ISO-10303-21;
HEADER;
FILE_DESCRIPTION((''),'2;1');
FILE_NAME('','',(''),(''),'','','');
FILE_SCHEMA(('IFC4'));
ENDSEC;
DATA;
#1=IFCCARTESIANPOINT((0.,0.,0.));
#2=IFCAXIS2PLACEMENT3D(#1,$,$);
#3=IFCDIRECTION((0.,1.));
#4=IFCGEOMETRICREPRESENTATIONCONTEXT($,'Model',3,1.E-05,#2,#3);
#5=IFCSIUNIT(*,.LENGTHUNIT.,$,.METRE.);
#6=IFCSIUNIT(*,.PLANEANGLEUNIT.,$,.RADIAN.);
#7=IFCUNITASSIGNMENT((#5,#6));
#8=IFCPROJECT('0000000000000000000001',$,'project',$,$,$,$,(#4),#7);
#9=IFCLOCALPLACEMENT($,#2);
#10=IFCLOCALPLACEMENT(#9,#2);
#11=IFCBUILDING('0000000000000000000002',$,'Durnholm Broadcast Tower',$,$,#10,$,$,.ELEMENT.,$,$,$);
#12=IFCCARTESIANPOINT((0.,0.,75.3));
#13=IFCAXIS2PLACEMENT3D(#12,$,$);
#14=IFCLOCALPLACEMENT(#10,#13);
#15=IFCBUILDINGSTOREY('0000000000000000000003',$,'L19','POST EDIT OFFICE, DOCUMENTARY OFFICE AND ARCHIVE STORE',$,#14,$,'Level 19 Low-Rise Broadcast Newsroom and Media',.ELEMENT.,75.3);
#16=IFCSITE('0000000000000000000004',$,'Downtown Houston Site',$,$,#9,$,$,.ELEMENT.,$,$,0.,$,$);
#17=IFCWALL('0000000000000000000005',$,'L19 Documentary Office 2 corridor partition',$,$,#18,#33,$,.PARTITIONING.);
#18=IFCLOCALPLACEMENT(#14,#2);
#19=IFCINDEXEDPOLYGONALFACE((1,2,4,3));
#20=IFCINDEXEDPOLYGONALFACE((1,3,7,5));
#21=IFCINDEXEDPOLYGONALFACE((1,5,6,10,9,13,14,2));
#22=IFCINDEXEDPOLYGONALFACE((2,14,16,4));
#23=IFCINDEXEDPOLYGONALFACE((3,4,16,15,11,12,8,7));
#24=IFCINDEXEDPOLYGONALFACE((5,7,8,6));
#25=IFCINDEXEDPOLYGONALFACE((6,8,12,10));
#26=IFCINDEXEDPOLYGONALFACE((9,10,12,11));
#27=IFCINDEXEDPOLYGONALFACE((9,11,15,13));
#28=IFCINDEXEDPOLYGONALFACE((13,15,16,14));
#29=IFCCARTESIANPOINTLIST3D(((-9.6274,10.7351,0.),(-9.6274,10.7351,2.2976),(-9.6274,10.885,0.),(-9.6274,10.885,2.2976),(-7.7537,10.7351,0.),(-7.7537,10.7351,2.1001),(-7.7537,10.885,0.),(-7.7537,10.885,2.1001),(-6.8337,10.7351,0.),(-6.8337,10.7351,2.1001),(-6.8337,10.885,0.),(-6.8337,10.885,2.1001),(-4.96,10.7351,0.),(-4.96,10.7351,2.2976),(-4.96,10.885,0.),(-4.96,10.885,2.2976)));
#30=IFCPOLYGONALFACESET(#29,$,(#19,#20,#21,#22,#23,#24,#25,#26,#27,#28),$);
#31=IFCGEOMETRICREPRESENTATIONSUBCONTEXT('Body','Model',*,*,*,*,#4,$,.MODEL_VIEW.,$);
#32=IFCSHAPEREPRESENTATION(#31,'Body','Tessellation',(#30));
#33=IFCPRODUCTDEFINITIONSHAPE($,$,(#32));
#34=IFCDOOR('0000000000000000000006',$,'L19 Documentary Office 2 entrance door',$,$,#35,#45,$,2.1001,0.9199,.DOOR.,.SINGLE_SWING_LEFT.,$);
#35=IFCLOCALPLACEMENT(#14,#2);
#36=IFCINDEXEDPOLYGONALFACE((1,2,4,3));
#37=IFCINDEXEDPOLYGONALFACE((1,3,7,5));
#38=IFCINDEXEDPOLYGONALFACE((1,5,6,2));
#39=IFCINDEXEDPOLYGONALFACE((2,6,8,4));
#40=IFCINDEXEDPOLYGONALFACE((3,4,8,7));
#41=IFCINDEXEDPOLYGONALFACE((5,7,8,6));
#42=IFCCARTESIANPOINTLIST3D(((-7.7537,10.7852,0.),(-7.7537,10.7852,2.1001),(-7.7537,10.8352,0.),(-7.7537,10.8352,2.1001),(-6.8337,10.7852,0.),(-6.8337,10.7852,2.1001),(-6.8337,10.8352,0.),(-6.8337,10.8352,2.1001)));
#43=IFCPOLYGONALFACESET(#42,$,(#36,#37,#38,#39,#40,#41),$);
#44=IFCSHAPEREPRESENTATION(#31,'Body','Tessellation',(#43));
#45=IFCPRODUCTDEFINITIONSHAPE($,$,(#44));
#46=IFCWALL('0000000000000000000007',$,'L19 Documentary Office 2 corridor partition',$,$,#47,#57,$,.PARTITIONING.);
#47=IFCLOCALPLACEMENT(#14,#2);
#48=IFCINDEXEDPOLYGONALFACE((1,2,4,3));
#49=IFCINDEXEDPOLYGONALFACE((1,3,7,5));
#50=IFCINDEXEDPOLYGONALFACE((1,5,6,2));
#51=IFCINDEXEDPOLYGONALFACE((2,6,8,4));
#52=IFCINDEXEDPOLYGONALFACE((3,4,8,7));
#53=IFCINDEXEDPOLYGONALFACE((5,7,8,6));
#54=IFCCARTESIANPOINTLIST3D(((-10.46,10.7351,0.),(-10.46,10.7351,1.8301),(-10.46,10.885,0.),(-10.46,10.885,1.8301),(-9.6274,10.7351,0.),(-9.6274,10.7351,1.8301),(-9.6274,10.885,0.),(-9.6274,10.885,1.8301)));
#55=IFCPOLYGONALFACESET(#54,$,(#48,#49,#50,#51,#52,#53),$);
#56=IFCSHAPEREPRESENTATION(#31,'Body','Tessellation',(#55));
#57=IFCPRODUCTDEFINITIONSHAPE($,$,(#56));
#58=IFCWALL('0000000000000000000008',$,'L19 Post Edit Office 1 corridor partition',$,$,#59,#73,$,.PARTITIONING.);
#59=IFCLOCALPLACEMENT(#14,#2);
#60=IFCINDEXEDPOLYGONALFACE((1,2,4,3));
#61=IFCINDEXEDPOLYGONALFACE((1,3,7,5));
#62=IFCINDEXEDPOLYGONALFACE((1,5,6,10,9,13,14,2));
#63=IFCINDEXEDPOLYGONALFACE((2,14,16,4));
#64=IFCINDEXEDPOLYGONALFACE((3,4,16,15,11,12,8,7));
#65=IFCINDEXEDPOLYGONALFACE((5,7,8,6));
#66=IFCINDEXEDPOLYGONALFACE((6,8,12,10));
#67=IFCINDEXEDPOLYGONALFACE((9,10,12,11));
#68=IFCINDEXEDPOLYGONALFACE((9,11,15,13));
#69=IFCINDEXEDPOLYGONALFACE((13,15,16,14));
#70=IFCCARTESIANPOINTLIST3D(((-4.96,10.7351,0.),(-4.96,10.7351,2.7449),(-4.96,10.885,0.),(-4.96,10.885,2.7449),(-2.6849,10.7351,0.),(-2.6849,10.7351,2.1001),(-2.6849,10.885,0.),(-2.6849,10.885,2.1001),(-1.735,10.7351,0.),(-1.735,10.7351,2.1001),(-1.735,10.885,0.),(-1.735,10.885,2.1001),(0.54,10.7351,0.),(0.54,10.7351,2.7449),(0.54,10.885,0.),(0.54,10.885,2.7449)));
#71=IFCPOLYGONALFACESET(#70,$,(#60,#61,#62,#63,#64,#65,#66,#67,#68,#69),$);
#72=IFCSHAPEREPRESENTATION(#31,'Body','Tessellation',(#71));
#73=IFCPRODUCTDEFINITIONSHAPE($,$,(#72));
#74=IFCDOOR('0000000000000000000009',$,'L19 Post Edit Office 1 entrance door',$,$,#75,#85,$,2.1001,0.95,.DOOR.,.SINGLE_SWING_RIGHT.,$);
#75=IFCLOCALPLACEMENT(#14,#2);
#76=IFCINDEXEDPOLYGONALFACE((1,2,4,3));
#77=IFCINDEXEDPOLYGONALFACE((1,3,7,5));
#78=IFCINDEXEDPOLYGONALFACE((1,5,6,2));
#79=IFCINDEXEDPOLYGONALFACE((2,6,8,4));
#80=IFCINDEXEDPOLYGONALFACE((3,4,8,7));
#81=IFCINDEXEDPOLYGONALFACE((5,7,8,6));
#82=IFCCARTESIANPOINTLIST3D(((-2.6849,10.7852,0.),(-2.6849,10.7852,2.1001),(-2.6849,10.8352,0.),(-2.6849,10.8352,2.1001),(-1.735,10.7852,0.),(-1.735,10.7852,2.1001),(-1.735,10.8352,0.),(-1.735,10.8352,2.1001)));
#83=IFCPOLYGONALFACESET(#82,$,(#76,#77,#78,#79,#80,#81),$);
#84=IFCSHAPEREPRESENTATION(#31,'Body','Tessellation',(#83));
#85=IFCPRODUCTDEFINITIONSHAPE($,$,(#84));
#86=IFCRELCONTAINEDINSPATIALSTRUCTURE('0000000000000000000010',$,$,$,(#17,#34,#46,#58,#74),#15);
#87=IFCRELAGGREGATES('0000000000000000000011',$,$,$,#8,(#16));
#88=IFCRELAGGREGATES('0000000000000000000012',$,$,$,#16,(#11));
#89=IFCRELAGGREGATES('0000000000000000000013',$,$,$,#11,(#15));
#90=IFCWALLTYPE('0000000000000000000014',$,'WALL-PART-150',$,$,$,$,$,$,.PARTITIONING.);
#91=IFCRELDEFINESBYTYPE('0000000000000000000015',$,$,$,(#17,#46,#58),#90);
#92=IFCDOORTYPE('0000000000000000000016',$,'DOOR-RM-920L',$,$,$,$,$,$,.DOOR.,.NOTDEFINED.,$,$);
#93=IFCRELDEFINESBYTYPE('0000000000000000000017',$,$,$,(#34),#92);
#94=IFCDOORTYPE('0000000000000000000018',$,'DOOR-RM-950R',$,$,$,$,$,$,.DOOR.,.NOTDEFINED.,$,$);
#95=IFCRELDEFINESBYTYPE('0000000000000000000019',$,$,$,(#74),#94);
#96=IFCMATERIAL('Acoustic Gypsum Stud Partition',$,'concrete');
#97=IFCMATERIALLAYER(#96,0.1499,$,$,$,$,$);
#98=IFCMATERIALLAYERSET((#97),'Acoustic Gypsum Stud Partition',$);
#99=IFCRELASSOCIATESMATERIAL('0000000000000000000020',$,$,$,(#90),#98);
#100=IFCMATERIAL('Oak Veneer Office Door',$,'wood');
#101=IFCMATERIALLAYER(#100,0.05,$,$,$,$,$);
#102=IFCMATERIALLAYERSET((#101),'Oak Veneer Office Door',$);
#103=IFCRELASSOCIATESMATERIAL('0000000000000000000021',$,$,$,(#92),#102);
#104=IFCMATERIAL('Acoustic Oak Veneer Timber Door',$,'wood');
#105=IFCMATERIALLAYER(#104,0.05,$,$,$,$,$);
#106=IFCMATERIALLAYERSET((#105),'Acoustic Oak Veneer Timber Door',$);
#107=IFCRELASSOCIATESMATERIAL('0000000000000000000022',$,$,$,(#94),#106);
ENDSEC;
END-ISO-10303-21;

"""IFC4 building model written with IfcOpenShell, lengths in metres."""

from ifc_helpers import new_model, si_unit, direction, frame, frame_2d, origin, place, context, subcontext, project, spatial, rectangle, extrude, source, transform, mapped, material, layer, layer_set, type_object, type_shapes, element, fill, save


model = new_model("IFC4")

# Units and contexts
model_context = context("Model", 3, precision=1e-05, world=origin(), true_north=direction((0.0, 1.0)))
body_context = subcontext(model_context, "Body", "Model", "MODEL_VIEW")
ifc_project = project(units=[si_unit("LENGTHUNIT", "METRE"), si_unit("PLANEANGLEUNIT", "RADIAN")], contexts=[model_context])

# Site, building, storey
site_placement = place(None, origin())
site = spatial("IfcSite", under=ifc_project, at=site_placement, Name="Downtown Houston Site", CompositionType="ELEMENT", RefElevation=0.0)
building_placement = place(site_placement, origin())
building = spatial("IfcBuilding", under=site, at=building_placement, Name="Durnholm Broadcast Tower", CompositionType="ELEMENT")
storey_placement = place(building_placement, frame((0.0, 0.0, 75.3)))
storey = spatial("IfcBuildingStorey", under=building, at=storey_placement, Name="L19", Description="POST EDIT OFFICE, DOCUMENTARY OFFICE AND ARCHIVE STORE", LongName="Level 19 Low-Rise Broadcast Newsroom and Media", CompositionType="ELEMENT", Elevation=75.3)

# Wall, opening, door
ifc_material_1 = material(Name="Acoustic Gypsum Stud Partition", Category="concrete")
ifc_layer_1 = layer(ifc_material_1, 0.1499)
ifc_layer_set_1 = layer_set([ifc_layer_1], Name="Acoustic Gypsum Stud Partition")
wall_type_1 = type_object("IfcWallType", Name="WALL-PART-150", PredefinedType="PARTITIONING", material=ifc_layer_set_1)
wall_1_placement = place(storey_placement, frame((-4.96, 10.8101, 0.0), z_axis=(0.0, 0.0, 1.0), x_axis=(-1.0, 0.0, 0.0)))
wall_1 = element("IfcWall", 1, at=wall_1_placement, inside=storey, type_object=wall_type_1, Name="L19 Documentary Office 2 corridor partition", PredefinedType="PARTITIONING", context=body_context, shape_type="SweptSolid", body=[
    extrude(rectangle(XDim=4.6675, YDim=0.1499, at=frame_2d((2.3337, 0.0))), origin(), (0.0, 0.0, 1.0), 2.2976),
])
opening_1_placement = place(wall_1_placement, frame((1.8738, 0.0, 0.0)))
opening_1 = element("IfcOpeningElement", 2, at=opening_1_placement, cuts=wall_1, PredefinedType="OPENING", context=body_context, shape_type="SweptSolid", body=[
    extrude(rectangle(XDim=0.9199, YDim=2.1001, at=frame_2d((0.46, 1.05))), frame((0.0, 0.085, 0.0), z_axis=(0.0, -1.0, 0.0), x_axis=(1.0, 0.0, 0.0)), (0.0, 0.0, 1.0), 0.1699),
])
ifc_material_2 = material(Name="Oak Veneer Office Door", Category="wood")
ifc_layer_2 = layer(ifc_material_2, 0.05)
ifc_layer_set_2 = layer_set([ifc_layer_2], Name="Oak Veneer Office Door")
door_type_1 = type_object("IfcDoorType", Name="DOOR-RM-920L", OperationType="NOTDEFINED", PredefinedType="DOOR", material=ifc_layer_set_2)
shared_shape_1 = source(origin(), body_context, "Body", "SweptSolid", [
    extrude(rectangle(XDim=0.9199, YDim=2.1001, at=frame_2d((0.46, 1.05))), frame((0.0, 0.0249, 0.0), z_axis=(0.0, -1.0, 0.0), x_axis=(1.0, 0.0, 0.0)), (0.0, 0.0, 1.0), 0.05),
])
type_shapes(door_type_1, [shared_shape_1])
door_1_placement = place(opening_1_placement, origin())
door_1 = element("IfcDoor", 3, at=door_1_placement, inside=storey, type_object=door_type_1, Name="L19 Documentary Office 2 entrance door", OperationType="SINGLE_SWING_LEFT", OverallHeight=2.1001, OverallWidth=0.9199, PredefinedType="DOOR", context=body_context, shape_type="MappedRepresentation", body=[
    mapped(shared_shape_1, transform((0.0, 0.0, 0.0), x_axis=(1.0, 0.0, 0.0), y_axis=(0.0, 1.0, 0.0), z_axis=(0.0, 0.0, 1.0), scale=1.0)),
])
fill(opening_1, door_1)

# Wall
wall_2_placement = place(storey_placement, frame((-9.6274, 10.8101, 0.0), z_axis=(0.0, 0.0, 1.0), x_axis=(-1.0, 0.0, 0.0)))
element("IfcWall", 4, at=wall_2_placement, inside=storey, type_object=wall_type_1, Name="L19 Documentary Office 2 corridor partition", PredefinedType="PARTITIONING", context=body_context, shape_type="SweptSolid", body=[
    extrude(rectangle(XDim=0.8325, YDim=0.1499, at=frame_2d((0.4163, 0.0))), origin(), (0.0, 0.0, 1.0), 1.8301),
])

# Wall, opening, door
wall_3_placement = place(storey_placement, frame((0.54, 10.8101, 0.0), z_axis=(0.0, 0.0, 1.0), x_axis=(-1.0, 0.0, 0.0)))
wall_3 = element("IfcWall", 5, at=wall_3_placement, inside=storey, type_object=wall_type_1, Name="L19 Post Edit Office 1 corridor partition", PredefinedType="PARTITIONING", context=body_context, shape_type="SweptSolid", body=[
    extrude(rectangle(XDim=5.5, YDim=0.1499, at=frame_2d((2.75, 0.0))), origin(), (0.0, 0.0, 1.0), 2.7449),
])
opening_2_placement = place(wall_3_placement, frame((2.2749, 0.0, 0.0)))
opening_2 = element("IfcOpeningElement", 6, at=opening_2_placement, cuts=wall_3, PredefinedType="OPENING", context=body_context, shape_type="SweptSolid", body=[
    extrude(rectangle(XDim=0.95, YDim=2.1001, at=frame_2d((0.4751, 1.05))), frame((0.0, 0.085, 0.0), z_axis=(0.0, -1.0, 0.0), x_axis=(1.0, 0.0, 0.0)), (0.0, 0.0, 1.0), 0.1699),
])
ifc_material_3 = material(Name="Acoustic Oak Veneer Timber Door", Category="wood")
ifc_layer_3 = layer(ifc_material_3, 0.05)
ifc_layer_set_3 = layer_set([ifc_layer_3], Name="Acoustic Oak Veneer Timber Door")
door_type_2 = type_object("IfcDoorType", Name="DOOR-RM-950R", OperationType="NOTDEFINED", PredefinedType="DOOR", material=ifc_layer_set_3)
shared_shape_2 = source(origin(), body_context, "Body", "SweptSolid", [
    extrude(rectangle(XDim=0.95, YDim=2.1001, at=frame_2d((0.4751, 1.05))), frame((0.0, 0.0249, 0.0), z_axis=(0.0, -1.0, 0.0), x_axis=(1.0, 0.0, 0.0)), (0.0, 0.0, 1.0), 0.05),
])
type_shapes(door_type_2, [shared_shape_2])
door_2_placement = place(opening_2_placement, origin())
door_2 = element("IfcDoor", 7, at=door_2_placement, inside=storey, type_object=door_type_2, Name="L19 Post Edit Office 1 entrance door", OperationType="SINGLE_SWING_RIGHT", OverallHeight=2.1001, OverallWidth=0.95, PredefinedType="DOOR", context=body_context, shape_type="MappedRepresentation", body=[
    mapped(shared_shape_2, transform((0.0, 0.0, 0.0), x_axis=(1.0, 0.0, 0.0), y_axis=(0.0, 1.0, 0.0), z_axis=(0.0, 0.0, 1.0), scale=1.0)),
])
fill(opening_2, door_2)

save(model, "model.ifc")
